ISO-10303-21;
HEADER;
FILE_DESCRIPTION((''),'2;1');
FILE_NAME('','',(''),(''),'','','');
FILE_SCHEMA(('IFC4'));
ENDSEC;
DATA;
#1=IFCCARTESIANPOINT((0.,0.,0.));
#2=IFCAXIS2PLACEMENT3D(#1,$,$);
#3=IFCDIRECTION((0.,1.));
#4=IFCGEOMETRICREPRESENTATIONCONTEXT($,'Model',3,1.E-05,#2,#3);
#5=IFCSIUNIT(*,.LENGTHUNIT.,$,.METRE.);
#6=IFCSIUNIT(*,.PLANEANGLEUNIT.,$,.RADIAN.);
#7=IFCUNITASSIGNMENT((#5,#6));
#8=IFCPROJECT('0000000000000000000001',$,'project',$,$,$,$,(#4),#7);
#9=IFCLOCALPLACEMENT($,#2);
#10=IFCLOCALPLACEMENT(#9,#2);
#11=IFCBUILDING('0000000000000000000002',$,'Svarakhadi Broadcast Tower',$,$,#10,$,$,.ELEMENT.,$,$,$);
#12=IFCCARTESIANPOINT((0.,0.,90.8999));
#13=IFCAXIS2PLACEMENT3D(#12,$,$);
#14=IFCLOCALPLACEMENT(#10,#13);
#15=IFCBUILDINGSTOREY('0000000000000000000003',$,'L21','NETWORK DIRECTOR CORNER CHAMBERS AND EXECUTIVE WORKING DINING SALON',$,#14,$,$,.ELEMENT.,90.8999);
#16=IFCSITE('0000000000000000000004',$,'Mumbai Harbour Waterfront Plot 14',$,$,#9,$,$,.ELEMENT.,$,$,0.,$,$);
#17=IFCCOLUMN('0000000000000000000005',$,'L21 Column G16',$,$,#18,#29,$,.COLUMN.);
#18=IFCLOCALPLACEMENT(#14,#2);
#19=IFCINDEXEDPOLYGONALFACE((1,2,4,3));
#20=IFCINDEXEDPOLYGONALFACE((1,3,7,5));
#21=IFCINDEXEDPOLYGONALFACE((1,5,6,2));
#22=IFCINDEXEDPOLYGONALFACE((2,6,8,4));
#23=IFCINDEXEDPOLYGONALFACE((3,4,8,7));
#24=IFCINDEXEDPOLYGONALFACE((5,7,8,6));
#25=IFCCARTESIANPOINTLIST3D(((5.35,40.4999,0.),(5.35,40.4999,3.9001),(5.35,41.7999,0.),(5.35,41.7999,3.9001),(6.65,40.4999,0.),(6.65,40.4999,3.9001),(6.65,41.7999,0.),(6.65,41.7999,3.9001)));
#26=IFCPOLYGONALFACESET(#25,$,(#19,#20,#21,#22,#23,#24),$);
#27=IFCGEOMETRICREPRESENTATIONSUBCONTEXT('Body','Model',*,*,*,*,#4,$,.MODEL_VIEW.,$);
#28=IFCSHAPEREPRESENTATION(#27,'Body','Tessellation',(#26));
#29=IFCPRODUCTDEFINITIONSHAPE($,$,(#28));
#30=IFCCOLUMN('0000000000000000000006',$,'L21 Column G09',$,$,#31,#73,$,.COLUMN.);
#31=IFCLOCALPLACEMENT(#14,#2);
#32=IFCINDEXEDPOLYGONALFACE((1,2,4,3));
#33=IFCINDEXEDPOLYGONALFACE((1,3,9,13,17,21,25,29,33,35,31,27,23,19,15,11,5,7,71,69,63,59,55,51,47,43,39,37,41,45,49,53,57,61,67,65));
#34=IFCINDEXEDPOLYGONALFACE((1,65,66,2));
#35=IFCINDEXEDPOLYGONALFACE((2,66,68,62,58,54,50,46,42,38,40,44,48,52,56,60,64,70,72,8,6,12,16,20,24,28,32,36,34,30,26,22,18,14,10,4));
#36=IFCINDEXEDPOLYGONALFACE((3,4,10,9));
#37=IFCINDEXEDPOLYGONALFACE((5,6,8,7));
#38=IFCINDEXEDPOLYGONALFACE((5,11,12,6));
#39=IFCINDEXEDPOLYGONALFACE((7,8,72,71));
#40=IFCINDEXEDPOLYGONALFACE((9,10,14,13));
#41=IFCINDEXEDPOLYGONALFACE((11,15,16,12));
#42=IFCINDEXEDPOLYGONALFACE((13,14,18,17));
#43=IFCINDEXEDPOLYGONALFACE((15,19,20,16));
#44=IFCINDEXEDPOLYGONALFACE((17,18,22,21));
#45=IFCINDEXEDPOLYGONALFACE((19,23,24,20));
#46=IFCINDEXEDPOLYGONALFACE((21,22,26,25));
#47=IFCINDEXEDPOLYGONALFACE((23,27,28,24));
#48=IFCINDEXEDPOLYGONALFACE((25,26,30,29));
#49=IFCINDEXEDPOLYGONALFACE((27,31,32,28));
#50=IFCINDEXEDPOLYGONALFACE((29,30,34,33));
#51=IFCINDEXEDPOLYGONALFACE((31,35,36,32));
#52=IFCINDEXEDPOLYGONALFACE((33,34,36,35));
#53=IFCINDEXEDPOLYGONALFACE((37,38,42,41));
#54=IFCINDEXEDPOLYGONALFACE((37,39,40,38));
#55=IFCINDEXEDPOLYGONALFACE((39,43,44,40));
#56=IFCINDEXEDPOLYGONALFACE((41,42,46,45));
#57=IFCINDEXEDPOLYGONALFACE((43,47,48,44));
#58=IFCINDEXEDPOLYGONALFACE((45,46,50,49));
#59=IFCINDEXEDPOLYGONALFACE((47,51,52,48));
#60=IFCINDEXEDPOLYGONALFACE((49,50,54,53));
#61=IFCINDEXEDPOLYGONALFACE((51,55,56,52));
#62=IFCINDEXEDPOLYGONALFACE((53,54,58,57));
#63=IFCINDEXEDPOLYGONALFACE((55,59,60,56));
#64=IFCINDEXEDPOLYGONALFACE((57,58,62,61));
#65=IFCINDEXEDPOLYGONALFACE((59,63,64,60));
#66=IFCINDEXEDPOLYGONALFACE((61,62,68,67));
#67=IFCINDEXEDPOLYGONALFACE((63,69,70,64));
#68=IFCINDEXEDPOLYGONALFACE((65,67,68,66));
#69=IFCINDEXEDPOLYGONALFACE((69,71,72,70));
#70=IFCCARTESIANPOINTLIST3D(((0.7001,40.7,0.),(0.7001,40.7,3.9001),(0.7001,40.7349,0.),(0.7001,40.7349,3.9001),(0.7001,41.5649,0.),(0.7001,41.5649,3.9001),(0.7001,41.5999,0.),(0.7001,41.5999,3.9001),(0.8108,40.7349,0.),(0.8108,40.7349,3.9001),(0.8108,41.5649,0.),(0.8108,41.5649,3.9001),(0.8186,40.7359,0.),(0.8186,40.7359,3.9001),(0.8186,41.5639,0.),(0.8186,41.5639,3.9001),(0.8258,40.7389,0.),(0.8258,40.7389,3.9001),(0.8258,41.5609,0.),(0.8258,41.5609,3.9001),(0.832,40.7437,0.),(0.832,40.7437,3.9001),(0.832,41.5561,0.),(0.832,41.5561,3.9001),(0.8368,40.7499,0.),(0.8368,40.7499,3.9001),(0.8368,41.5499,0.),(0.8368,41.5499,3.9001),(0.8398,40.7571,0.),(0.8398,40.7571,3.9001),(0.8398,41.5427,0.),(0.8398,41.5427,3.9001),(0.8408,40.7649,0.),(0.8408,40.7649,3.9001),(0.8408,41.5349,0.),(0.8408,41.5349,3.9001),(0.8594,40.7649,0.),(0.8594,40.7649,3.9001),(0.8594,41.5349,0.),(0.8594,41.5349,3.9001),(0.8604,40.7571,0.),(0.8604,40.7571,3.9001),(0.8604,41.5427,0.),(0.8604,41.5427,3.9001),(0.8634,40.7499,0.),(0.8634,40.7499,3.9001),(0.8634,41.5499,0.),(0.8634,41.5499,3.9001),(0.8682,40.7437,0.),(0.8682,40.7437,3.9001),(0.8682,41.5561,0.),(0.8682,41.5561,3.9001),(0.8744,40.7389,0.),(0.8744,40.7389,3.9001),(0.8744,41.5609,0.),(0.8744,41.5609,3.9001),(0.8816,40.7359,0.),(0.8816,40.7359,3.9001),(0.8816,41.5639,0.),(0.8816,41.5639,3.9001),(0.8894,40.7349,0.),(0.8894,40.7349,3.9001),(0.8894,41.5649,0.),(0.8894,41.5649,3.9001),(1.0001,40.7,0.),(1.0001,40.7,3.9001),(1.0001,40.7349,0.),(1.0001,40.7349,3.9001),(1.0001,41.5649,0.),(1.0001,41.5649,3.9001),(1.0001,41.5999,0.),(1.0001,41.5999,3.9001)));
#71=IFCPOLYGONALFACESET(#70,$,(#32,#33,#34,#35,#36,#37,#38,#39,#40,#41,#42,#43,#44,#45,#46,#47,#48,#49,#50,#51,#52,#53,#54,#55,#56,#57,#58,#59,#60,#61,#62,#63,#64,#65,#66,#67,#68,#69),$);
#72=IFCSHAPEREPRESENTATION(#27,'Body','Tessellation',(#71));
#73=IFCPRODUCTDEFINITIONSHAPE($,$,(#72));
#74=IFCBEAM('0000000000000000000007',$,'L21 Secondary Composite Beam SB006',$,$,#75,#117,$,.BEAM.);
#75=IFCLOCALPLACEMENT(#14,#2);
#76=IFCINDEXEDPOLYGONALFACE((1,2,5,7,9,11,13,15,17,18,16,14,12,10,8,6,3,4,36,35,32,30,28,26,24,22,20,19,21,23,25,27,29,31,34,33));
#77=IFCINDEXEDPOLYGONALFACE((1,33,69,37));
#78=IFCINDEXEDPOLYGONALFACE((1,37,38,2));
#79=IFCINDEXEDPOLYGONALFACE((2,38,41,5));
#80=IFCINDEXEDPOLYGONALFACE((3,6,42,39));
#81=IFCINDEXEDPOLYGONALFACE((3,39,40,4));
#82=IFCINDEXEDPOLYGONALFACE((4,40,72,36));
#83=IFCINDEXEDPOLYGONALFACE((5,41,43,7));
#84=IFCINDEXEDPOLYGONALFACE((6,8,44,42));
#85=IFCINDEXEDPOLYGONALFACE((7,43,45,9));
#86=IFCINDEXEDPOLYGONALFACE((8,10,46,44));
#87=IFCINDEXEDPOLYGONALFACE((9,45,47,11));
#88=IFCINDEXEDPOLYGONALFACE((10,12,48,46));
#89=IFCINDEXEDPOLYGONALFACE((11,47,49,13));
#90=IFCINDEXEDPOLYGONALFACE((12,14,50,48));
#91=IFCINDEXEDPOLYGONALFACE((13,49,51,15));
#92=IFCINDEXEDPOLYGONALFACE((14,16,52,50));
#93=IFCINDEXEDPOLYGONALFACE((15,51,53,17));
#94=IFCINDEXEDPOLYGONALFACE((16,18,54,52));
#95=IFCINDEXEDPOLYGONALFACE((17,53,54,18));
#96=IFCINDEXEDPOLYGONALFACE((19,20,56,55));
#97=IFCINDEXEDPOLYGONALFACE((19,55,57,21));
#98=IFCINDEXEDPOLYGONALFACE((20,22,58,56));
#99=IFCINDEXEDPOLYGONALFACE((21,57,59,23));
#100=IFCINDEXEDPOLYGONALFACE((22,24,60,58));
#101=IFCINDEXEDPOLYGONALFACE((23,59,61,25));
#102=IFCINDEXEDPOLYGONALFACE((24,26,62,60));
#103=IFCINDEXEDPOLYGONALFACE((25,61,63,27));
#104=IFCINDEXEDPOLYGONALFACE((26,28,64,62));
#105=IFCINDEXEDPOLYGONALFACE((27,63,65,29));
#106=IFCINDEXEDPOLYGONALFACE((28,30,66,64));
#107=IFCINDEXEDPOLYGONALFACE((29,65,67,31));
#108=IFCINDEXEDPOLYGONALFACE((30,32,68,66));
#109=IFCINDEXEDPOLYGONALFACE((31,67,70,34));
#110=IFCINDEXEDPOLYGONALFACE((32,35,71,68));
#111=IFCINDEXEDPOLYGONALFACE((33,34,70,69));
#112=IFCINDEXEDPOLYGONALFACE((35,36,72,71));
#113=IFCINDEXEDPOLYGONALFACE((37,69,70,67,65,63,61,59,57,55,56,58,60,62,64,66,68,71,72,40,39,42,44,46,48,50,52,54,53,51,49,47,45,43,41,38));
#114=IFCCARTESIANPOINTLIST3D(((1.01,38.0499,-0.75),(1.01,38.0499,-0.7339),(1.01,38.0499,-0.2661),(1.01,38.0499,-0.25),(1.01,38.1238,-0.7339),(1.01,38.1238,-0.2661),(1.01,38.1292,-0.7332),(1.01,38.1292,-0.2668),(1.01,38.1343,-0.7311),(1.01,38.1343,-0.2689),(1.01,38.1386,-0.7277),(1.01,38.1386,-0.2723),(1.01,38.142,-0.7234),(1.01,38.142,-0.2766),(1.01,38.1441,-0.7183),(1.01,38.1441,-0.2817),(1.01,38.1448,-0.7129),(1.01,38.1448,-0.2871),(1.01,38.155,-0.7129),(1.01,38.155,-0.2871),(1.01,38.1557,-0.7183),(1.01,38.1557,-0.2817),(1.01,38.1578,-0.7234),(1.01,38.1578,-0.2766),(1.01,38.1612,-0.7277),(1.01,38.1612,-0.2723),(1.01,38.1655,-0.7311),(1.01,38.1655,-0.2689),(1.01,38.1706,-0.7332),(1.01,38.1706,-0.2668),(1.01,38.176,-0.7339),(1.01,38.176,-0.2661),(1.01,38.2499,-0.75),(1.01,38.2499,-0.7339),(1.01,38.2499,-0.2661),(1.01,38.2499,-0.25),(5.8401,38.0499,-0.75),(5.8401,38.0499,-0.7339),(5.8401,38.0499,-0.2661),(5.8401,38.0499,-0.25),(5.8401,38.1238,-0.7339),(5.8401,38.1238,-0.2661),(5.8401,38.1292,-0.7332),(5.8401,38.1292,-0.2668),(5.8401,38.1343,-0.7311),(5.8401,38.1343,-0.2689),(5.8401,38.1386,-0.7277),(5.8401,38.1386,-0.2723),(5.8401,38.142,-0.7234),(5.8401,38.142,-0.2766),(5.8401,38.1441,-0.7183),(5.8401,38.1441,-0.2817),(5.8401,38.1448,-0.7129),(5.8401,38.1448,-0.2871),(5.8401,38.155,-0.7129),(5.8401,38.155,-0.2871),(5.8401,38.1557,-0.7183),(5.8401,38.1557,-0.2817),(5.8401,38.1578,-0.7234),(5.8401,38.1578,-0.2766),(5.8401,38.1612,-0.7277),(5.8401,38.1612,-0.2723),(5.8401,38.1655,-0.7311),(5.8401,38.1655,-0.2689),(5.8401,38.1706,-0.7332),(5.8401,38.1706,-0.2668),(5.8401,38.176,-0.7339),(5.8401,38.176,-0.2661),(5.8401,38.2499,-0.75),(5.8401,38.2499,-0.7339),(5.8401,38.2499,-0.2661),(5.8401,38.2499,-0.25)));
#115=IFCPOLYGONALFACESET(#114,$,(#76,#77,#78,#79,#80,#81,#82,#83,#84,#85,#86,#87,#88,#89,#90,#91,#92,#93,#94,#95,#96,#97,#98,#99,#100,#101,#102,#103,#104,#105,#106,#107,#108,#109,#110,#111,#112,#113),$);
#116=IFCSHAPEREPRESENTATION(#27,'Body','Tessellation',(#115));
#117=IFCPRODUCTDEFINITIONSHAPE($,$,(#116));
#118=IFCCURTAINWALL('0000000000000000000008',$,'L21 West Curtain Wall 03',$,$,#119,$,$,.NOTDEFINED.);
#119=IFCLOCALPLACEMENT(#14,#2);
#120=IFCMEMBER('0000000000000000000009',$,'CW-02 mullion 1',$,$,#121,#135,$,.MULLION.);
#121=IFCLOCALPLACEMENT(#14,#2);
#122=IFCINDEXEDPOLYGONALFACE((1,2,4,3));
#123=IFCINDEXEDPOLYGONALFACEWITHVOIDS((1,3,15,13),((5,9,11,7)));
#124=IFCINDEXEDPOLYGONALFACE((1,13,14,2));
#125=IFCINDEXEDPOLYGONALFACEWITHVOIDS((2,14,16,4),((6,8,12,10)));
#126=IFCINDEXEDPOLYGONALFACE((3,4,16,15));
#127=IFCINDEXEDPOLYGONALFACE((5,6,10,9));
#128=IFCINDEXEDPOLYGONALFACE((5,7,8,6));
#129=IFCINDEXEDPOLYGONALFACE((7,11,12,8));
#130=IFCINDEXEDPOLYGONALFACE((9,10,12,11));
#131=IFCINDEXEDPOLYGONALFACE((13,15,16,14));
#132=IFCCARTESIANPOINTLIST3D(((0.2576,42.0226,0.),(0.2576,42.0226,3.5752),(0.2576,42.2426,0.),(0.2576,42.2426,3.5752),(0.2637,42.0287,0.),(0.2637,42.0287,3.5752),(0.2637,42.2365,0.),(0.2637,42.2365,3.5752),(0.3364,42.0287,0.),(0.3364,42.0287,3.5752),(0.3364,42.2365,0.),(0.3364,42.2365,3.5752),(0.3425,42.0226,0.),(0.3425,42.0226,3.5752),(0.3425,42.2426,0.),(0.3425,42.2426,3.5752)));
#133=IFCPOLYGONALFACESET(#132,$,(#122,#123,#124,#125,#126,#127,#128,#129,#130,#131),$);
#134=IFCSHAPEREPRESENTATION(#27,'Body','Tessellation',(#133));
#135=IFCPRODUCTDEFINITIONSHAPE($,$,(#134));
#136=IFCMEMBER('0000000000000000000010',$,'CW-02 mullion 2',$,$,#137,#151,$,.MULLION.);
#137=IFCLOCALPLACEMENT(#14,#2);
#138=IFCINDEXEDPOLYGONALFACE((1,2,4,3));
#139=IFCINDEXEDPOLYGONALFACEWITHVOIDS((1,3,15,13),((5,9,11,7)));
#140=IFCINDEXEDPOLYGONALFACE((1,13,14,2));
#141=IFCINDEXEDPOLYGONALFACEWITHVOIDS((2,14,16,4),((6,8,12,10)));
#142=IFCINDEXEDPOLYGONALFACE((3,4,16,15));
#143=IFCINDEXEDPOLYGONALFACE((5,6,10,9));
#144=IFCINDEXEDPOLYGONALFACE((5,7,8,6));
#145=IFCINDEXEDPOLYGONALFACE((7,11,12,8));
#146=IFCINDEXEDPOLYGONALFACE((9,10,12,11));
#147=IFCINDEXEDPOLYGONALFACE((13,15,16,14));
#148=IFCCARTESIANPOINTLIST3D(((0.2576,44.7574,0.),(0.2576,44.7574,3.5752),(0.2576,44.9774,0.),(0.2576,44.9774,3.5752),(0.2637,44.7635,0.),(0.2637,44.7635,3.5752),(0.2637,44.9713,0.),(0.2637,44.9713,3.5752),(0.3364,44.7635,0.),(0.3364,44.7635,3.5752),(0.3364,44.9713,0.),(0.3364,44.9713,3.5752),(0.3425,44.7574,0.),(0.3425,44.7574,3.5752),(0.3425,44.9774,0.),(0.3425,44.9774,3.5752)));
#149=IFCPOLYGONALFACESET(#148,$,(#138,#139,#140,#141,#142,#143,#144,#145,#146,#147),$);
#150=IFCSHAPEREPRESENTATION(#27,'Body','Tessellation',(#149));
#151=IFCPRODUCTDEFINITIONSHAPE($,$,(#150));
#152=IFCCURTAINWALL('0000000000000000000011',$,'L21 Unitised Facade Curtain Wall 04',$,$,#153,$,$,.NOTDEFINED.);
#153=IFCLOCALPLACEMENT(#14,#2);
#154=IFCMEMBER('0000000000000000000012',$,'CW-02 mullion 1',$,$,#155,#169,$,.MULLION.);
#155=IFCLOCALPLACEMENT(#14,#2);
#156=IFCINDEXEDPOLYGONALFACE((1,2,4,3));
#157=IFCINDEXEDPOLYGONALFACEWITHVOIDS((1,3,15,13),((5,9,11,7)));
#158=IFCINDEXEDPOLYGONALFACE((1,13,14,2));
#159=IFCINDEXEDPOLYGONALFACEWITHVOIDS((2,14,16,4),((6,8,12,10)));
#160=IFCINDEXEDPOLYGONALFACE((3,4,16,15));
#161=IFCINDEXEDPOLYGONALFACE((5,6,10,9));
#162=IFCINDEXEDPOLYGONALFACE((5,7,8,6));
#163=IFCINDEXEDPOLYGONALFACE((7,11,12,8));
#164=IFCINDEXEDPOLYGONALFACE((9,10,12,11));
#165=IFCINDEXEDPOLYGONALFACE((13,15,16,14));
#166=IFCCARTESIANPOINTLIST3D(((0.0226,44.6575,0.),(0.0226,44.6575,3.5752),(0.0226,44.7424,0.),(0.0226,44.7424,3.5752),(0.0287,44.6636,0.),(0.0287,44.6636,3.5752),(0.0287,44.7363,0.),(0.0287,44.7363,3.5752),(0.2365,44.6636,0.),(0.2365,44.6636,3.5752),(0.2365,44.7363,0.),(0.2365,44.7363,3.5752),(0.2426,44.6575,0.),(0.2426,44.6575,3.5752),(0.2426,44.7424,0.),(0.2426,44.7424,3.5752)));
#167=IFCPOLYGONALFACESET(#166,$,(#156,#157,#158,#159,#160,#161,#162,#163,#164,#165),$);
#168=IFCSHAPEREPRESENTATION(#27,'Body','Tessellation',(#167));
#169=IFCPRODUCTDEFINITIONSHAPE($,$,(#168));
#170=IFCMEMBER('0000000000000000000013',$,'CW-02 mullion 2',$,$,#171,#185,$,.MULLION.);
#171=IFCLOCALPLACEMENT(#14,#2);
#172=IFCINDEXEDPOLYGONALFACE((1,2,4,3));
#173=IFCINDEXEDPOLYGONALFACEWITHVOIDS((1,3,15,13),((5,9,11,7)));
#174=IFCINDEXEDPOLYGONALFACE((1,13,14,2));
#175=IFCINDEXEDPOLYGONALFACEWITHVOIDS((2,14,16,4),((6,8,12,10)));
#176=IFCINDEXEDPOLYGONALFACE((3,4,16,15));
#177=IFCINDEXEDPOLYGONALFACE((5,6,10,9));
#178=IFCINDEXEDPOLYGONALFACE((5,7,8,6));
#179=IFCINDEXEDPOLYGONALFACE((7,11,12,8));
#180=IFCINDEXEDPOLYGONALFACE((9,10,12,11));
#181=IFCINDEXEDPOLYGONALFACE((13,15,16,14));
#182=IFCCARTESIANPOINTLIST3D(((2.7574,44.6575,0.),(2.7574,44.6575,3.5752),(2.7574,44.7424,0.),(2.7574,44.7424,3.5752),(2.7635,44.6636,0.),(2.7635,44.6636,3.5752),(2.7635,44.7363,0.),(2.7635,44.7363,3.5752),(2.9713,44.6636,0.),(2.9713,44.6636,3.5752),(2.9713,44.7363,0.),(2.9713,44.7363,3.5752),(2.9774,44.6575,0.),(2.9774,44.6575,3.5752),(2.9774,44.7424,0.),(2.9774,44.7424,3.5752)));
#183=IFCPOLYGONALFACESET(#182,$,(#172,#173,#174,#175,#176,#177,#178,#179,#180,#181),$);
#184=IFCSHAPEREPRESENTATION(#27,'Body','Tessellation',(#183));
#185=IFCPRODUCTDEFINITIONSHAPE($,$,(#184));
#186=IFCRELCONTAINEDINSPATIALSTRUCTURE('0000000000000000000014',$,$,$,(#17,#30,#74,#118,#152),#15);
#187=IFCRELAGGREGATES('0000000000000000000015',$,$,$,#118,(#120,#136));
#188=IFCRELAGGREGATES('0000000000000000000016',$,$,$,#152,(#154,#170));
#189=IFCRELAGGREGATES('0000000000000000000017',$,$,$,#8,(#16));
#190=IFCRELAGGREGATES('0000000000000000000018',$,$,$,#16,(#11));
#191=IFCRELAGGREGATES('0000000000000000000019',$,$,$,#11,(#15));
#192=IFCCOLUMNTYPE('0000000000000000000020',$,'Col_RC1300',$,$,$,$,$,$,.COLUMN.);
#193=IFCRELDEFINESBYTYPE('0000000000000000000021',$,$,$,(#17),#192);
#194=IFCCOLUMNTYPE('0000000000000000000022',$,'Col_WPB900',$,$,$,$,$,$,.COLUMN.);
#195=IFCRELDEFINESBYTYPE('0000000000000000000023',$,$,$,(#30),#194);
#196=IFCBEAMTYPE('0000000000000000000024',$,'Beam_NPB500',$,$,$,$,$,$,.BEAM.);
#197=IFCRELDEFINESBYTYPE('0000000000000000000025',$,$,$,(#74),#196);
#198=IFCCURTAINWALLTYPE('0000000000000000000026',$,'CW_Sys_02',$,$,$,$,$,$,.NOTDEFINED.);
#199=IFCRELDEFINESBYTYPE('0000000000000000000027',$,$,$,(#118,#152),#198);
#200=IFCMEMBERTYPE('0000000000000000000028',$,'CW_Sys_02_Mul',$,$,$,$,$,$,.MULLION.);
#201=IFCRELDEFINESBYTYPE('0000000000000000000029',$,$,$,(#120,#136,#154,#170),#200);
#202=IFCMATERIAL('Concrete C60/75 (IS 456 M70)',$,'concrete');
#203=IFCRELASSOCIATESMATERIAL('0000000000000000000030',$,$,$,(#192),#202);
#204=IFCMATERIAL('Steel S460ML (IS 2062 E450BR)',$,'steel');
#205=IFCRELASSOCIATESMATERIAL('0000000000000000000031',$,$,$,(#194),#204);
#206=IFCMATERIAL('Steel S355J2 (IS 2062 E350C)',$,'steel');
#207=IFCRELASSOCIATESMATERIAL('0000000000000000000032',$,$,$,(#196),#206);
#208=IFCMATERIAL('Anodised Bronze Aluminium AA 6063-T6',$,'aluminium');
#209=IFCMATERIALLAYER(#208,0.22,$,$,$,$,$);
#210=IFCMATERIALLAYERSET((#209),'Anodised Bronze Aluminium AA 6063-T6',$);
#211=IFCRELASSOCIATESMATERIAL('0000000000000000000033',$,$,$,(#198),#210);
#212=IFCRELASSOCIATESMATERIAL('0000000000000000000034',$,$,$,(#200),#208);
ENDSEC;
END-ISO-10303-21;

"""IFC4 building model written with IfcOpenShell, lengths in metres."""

from ifc_helpers import new_model, si_unit, direction, frame, origin, origin_2d, place, context, subcontext, project, spatial, rectangle, hollow_rectangle, i_section, extrude, material, layer, layer_set, material_profile, profile_set, type_object, element, aggregate, save


model = new_model("IFC4")

# Units and contexts
model_context = context("Model", 3, precision=1e-05, world=origin(), true_north=direction((0.0, 1.0)))
body_context = subcontext(model_context, "Body", "Model", "MODEL_VIEW")
ifc_project = project(units=[si_unit("LENGTHUNIT", "METRE"), si_unit("PLANEANGLEUNIT", "RADIAN")], contexts=[model_context])

# Site, building, storey
site_placement = place(None, origin())
site = spatial("IfcSite", under=ifc_project, at=site_placement, Name="Mumbai Harbour Waterfront Plot 14", CompositionType="ELEMENT", RefElevation=0.0)
building_placement = place(site_placement, origin())
building = spatial("IfcBuilding", under=site, at=building_placement, Name="Svarakhadi Broadcast Tower", CompositionType="ELEMENT")
storey_placement = place(building_placement, frame((0.0, 0.0, 90.8999)))
storey = spatial("IfcBuildingStorey", under=building, at=storey_placement, Name="L21", Description="NETWORK DIRECTOR CORNER CHAMBERS AND EXECUTIVE WORKING DINING SALON", CompositionType="ELEMENT", Elevation=90.8999)

# Columns
ifc_material_1 = material(Name="Concrete C60/75 (IS 456 M70)", Category="concrete")
ifc_material_profile_1 = material_profile(ifc_material_1, rectangle(XDim=1.3, YDim=1.3, at=origin_2d()), Name="RC 1300x1300")
ifc_profile_set_1 = profile_set([ifc_material_profile_1], Name="Concrete C60/75 (IS 456 M70)")
column_type_1 = type_object("IfcColumnType", Name="Col_RC1300", PredefinedType="COLUMN", material=ifc_profile_set_1)
column_1_placement = place(storey_placement, frame((6.0, 41.1499, 0.0), z_axis=(0.0, 0.0, 1.0), x_axis=(1.0, 0.0, 0.0)))
element("IfcColumn", 1, at=column_1_placement, inside=storey, type_object=column_type_1, Name="L21 Column G16", PredefinedType="COLUMN", context=body_context, shape_type="SweptSolid", body=[
    extrude(rectangle(XDim=1.3, YDim=1.3, at=origin_2d()), origin(), (0.0, 0.0, 1.0), 3.9001),
])
ifc_material_2 = material(Name="Steel S460ML (IS 2062 E450BR)", Category="steel")
ifc_material_profile_2 = material_profile(ifc_material_2, i_section(OverallWidth=0.3, OverallDepth=0.8999, WebThickness=0.0186, FlangeThickness=0.0349, FilletRadius=0.03, at=origin_2d()), Name="WPB 900x300x291")
ifc_profile_set_2 = profile_set([ifc_material_profile_2], Name="Steel S460ML (IS 2062 E450BR)")
column_type_2 = type_object("IfcColumnType", Name="Col_WPB900", PredefinedType="COLUMN", material=ifc_profile_set_2)
column_2_placement = place(storey_placement, frame((0.8501, 41.1499, 0.0), z_axis=(0.0, 0.0, 1.0), x_axis=(1.0, 0.0, 0.0)))
element("IfcColumn", 2, at=column_2_placement, inside=storey, type_object=column_type_2, Name="L21 Column G09", PredefinedType="COLUMN", context=body_context, shape_type="SweptSolid", body=[
    extrude(i_section(OverallWidth=0.3, OverallDepth=0.8999, WebThickness=0.0186, FlangeThickness=0.0349, FilletRadius=0.03, at=origin_2d()), origin(), (0.0, 0.0, 1.0), 3.9001),
])

# Beam
ifc_material_3 = material(Name="Steel S355J2 (IS 2062 E350C)", Category="steel")
ifc_material_profile_3 = material_profile(ifc_material_3, i_section(OverallWidth=0.2, OverallDepth=0.5, WebThickness=0.0103, FlangeThickness=0.0161, FilletRadius=0.021, at=origin_2d()), Name="NPB 500x200x91")
ifc_profile_set_3 = profile_set([ifc_material_profile_3], Name="Steel S355J2 (IS 2062 E350C)")
beam_type_1 = type_object("IfcBeamType", Name="Beam_NPB500", PredefinedType="BEAM", material=ifc_profile_set_3)
beam_1_placement = place(storey_placement, frame((1.01, 38.1499, -0.5), z_axis=(1.0, 0.0, 0.0), x_axis=(0.0, 1.0, 0.0)))
element("IfcBeam", 3, at=beam_1_placement, inside=storey, type_object=beam_type_1, Name="L21 Secondary Composite Beam SB006", PredefinedType="BEAM", context=body_context, shape_type="SweptSolid", body=[
    extrude(i_section(OverallWidth=0.2, OverallDepth=0.5, WebThickness=0.0103, FlangeThickness=0.0161, FilletRadius=0.021, at=origin_2d()), origin(), (0.0, 0.0, 1.0), 4.8301),
])

# Curtain walls, members
ifc_material_4 = material(Name="Anodised Bronze Aluminium AA 6063-T6", Category="aluminium")
ifc_layer_1 = layer(ifc_material_4, 0.22)
ifc_layer_set_1 = layer_set([ifc_layer_1], Name="Anodised Bronze Aluminium AA 6063-T6")
curtain_wall_type = type_object("IfcCurtainWallType", Name="CW_Sys_02", PredefinedType="NOTDEFINED", material=ifc_layer_set_1)
curtain_wall_1_placement = place(storey_placement, origin())
curtain_wall_1 = element("IfcCurtainWall", 4, at=curtain_wall_1_placement, inside=storey, type_object=curtain_wall_type, Name="L21 West Curtain Wall 03", PredefinedType="NOTDEFINED")
ifc_material_profile_4 = material_profile(ifc_material_4, hollow_rectangle(XDim=0.085, YDim=0.22, WallThickness=0.0061, at=origin_2d()), Name="ALU MULLION 220x85x6")
ifc_profile_set_4 = profile_set([ifc_material_profile_4], Name="Anodised Bronze Aluminium AA 6063-T6")
member_type_1 = type_object("IfcMemberType", Name="CW_Sys_02_Mul", PredefinedType="MULLION", material=ifc_profile_set_4)
member_1_placement = place(storey_placement, frame((0.3, 42.1326, 0.0), z_axis=(0.0, 0.0, 1.0), x_axis=(-1.0, 0.0, 0.0)))
member_1 = element("IfcMember", 5, at=member_1_placement, type_object=member_type_1, Name="CW-02 mullion 1", PredefinedType="MULLION", context=body_context, shape_type="SweptSolid", body=[
    extrude(hollow_rectangle(XDim=0.085, YDim=0.22, WallThickness=0.0061, at=origin_2d()), origin(), (0.0, 0.0, 1.0), 3.5752),
])
member_2_placement = place(storey_placement, frame((0.3, 44.8674, 0.0), z_axis=(0.0, 0.0, 1.0), x_axis=(-1.0, 0.0, 0.0)))
member_2 = element("IfcMember", 6, at=member_2_placement, type_object=member_type_1, Name="CW-02 mullion 2", PredefinedType="MULLION", context=body_context, shape_type="SweptSolid", body=[
    extrude(hollow_rectangle(XDim=0.085, YDim=0.22, WallThickness=0.0061, at=origin_2d()), origin(), (0.0, 0.0, 1.0), 3.5752),
])
curtain_wall_2_placement = place(storey_placement, origin())
curtain_wall_2 = element("IfcCurtainWall", 7, at=curtain_wall_2_placement, inside=storey, type_object=curtain_wall_type, Name="L21 Unitised Facade Curtain Wall 04", PredefinedType="NOTDEFINED")
member_3_placement = place(storey_placement, frame((0.1326, 44.7, 0.0), z_axis=(0.0, 0.0, 1.0), x_axis=(0.0, 1.0, 0.0)))
member_3 = element("IfcMember", 8, at=member_3_placement, type_object=member_type_1, Name="CW-02 mullion 1", PredefinedType="MULLION", context=body_context, shape_type="SweptSolid", body=[
    extrude(hollow_rectangle(XDim=0.085, YDim=0.22, WallThickness=0.0061, at=origin_2d()), origin(), (0.0, 0.0, 1.0), 3.5752),
])
member_4_placement = place(storey_placement, frame((2.8674, 44.7, 0.0), z_axis=(0.0, 0.0, 1.0), x_axis=(0.0, 1.0, 0.0)))
member_4 = element("IfcMember", 9, at=member_4_placement, type_object=member_type_1, Name="CW-02 mullion 2", PredefinedType="MULLION", context=body_context, shape_type="SweptSolid", body=[
    extrude(hollow_rectangle(XDim=0.085, YDim=0.22, WallThickness=0.0061, at=origin_2d()), origin(), (0.0, 0.0, 1.0), 3.5752),
])

aggregate(curtain_wall_1, [member_1, member_2])
aggregate(curtain_wall_2, [member_3, member_4])

save(model, "model.ifc")
